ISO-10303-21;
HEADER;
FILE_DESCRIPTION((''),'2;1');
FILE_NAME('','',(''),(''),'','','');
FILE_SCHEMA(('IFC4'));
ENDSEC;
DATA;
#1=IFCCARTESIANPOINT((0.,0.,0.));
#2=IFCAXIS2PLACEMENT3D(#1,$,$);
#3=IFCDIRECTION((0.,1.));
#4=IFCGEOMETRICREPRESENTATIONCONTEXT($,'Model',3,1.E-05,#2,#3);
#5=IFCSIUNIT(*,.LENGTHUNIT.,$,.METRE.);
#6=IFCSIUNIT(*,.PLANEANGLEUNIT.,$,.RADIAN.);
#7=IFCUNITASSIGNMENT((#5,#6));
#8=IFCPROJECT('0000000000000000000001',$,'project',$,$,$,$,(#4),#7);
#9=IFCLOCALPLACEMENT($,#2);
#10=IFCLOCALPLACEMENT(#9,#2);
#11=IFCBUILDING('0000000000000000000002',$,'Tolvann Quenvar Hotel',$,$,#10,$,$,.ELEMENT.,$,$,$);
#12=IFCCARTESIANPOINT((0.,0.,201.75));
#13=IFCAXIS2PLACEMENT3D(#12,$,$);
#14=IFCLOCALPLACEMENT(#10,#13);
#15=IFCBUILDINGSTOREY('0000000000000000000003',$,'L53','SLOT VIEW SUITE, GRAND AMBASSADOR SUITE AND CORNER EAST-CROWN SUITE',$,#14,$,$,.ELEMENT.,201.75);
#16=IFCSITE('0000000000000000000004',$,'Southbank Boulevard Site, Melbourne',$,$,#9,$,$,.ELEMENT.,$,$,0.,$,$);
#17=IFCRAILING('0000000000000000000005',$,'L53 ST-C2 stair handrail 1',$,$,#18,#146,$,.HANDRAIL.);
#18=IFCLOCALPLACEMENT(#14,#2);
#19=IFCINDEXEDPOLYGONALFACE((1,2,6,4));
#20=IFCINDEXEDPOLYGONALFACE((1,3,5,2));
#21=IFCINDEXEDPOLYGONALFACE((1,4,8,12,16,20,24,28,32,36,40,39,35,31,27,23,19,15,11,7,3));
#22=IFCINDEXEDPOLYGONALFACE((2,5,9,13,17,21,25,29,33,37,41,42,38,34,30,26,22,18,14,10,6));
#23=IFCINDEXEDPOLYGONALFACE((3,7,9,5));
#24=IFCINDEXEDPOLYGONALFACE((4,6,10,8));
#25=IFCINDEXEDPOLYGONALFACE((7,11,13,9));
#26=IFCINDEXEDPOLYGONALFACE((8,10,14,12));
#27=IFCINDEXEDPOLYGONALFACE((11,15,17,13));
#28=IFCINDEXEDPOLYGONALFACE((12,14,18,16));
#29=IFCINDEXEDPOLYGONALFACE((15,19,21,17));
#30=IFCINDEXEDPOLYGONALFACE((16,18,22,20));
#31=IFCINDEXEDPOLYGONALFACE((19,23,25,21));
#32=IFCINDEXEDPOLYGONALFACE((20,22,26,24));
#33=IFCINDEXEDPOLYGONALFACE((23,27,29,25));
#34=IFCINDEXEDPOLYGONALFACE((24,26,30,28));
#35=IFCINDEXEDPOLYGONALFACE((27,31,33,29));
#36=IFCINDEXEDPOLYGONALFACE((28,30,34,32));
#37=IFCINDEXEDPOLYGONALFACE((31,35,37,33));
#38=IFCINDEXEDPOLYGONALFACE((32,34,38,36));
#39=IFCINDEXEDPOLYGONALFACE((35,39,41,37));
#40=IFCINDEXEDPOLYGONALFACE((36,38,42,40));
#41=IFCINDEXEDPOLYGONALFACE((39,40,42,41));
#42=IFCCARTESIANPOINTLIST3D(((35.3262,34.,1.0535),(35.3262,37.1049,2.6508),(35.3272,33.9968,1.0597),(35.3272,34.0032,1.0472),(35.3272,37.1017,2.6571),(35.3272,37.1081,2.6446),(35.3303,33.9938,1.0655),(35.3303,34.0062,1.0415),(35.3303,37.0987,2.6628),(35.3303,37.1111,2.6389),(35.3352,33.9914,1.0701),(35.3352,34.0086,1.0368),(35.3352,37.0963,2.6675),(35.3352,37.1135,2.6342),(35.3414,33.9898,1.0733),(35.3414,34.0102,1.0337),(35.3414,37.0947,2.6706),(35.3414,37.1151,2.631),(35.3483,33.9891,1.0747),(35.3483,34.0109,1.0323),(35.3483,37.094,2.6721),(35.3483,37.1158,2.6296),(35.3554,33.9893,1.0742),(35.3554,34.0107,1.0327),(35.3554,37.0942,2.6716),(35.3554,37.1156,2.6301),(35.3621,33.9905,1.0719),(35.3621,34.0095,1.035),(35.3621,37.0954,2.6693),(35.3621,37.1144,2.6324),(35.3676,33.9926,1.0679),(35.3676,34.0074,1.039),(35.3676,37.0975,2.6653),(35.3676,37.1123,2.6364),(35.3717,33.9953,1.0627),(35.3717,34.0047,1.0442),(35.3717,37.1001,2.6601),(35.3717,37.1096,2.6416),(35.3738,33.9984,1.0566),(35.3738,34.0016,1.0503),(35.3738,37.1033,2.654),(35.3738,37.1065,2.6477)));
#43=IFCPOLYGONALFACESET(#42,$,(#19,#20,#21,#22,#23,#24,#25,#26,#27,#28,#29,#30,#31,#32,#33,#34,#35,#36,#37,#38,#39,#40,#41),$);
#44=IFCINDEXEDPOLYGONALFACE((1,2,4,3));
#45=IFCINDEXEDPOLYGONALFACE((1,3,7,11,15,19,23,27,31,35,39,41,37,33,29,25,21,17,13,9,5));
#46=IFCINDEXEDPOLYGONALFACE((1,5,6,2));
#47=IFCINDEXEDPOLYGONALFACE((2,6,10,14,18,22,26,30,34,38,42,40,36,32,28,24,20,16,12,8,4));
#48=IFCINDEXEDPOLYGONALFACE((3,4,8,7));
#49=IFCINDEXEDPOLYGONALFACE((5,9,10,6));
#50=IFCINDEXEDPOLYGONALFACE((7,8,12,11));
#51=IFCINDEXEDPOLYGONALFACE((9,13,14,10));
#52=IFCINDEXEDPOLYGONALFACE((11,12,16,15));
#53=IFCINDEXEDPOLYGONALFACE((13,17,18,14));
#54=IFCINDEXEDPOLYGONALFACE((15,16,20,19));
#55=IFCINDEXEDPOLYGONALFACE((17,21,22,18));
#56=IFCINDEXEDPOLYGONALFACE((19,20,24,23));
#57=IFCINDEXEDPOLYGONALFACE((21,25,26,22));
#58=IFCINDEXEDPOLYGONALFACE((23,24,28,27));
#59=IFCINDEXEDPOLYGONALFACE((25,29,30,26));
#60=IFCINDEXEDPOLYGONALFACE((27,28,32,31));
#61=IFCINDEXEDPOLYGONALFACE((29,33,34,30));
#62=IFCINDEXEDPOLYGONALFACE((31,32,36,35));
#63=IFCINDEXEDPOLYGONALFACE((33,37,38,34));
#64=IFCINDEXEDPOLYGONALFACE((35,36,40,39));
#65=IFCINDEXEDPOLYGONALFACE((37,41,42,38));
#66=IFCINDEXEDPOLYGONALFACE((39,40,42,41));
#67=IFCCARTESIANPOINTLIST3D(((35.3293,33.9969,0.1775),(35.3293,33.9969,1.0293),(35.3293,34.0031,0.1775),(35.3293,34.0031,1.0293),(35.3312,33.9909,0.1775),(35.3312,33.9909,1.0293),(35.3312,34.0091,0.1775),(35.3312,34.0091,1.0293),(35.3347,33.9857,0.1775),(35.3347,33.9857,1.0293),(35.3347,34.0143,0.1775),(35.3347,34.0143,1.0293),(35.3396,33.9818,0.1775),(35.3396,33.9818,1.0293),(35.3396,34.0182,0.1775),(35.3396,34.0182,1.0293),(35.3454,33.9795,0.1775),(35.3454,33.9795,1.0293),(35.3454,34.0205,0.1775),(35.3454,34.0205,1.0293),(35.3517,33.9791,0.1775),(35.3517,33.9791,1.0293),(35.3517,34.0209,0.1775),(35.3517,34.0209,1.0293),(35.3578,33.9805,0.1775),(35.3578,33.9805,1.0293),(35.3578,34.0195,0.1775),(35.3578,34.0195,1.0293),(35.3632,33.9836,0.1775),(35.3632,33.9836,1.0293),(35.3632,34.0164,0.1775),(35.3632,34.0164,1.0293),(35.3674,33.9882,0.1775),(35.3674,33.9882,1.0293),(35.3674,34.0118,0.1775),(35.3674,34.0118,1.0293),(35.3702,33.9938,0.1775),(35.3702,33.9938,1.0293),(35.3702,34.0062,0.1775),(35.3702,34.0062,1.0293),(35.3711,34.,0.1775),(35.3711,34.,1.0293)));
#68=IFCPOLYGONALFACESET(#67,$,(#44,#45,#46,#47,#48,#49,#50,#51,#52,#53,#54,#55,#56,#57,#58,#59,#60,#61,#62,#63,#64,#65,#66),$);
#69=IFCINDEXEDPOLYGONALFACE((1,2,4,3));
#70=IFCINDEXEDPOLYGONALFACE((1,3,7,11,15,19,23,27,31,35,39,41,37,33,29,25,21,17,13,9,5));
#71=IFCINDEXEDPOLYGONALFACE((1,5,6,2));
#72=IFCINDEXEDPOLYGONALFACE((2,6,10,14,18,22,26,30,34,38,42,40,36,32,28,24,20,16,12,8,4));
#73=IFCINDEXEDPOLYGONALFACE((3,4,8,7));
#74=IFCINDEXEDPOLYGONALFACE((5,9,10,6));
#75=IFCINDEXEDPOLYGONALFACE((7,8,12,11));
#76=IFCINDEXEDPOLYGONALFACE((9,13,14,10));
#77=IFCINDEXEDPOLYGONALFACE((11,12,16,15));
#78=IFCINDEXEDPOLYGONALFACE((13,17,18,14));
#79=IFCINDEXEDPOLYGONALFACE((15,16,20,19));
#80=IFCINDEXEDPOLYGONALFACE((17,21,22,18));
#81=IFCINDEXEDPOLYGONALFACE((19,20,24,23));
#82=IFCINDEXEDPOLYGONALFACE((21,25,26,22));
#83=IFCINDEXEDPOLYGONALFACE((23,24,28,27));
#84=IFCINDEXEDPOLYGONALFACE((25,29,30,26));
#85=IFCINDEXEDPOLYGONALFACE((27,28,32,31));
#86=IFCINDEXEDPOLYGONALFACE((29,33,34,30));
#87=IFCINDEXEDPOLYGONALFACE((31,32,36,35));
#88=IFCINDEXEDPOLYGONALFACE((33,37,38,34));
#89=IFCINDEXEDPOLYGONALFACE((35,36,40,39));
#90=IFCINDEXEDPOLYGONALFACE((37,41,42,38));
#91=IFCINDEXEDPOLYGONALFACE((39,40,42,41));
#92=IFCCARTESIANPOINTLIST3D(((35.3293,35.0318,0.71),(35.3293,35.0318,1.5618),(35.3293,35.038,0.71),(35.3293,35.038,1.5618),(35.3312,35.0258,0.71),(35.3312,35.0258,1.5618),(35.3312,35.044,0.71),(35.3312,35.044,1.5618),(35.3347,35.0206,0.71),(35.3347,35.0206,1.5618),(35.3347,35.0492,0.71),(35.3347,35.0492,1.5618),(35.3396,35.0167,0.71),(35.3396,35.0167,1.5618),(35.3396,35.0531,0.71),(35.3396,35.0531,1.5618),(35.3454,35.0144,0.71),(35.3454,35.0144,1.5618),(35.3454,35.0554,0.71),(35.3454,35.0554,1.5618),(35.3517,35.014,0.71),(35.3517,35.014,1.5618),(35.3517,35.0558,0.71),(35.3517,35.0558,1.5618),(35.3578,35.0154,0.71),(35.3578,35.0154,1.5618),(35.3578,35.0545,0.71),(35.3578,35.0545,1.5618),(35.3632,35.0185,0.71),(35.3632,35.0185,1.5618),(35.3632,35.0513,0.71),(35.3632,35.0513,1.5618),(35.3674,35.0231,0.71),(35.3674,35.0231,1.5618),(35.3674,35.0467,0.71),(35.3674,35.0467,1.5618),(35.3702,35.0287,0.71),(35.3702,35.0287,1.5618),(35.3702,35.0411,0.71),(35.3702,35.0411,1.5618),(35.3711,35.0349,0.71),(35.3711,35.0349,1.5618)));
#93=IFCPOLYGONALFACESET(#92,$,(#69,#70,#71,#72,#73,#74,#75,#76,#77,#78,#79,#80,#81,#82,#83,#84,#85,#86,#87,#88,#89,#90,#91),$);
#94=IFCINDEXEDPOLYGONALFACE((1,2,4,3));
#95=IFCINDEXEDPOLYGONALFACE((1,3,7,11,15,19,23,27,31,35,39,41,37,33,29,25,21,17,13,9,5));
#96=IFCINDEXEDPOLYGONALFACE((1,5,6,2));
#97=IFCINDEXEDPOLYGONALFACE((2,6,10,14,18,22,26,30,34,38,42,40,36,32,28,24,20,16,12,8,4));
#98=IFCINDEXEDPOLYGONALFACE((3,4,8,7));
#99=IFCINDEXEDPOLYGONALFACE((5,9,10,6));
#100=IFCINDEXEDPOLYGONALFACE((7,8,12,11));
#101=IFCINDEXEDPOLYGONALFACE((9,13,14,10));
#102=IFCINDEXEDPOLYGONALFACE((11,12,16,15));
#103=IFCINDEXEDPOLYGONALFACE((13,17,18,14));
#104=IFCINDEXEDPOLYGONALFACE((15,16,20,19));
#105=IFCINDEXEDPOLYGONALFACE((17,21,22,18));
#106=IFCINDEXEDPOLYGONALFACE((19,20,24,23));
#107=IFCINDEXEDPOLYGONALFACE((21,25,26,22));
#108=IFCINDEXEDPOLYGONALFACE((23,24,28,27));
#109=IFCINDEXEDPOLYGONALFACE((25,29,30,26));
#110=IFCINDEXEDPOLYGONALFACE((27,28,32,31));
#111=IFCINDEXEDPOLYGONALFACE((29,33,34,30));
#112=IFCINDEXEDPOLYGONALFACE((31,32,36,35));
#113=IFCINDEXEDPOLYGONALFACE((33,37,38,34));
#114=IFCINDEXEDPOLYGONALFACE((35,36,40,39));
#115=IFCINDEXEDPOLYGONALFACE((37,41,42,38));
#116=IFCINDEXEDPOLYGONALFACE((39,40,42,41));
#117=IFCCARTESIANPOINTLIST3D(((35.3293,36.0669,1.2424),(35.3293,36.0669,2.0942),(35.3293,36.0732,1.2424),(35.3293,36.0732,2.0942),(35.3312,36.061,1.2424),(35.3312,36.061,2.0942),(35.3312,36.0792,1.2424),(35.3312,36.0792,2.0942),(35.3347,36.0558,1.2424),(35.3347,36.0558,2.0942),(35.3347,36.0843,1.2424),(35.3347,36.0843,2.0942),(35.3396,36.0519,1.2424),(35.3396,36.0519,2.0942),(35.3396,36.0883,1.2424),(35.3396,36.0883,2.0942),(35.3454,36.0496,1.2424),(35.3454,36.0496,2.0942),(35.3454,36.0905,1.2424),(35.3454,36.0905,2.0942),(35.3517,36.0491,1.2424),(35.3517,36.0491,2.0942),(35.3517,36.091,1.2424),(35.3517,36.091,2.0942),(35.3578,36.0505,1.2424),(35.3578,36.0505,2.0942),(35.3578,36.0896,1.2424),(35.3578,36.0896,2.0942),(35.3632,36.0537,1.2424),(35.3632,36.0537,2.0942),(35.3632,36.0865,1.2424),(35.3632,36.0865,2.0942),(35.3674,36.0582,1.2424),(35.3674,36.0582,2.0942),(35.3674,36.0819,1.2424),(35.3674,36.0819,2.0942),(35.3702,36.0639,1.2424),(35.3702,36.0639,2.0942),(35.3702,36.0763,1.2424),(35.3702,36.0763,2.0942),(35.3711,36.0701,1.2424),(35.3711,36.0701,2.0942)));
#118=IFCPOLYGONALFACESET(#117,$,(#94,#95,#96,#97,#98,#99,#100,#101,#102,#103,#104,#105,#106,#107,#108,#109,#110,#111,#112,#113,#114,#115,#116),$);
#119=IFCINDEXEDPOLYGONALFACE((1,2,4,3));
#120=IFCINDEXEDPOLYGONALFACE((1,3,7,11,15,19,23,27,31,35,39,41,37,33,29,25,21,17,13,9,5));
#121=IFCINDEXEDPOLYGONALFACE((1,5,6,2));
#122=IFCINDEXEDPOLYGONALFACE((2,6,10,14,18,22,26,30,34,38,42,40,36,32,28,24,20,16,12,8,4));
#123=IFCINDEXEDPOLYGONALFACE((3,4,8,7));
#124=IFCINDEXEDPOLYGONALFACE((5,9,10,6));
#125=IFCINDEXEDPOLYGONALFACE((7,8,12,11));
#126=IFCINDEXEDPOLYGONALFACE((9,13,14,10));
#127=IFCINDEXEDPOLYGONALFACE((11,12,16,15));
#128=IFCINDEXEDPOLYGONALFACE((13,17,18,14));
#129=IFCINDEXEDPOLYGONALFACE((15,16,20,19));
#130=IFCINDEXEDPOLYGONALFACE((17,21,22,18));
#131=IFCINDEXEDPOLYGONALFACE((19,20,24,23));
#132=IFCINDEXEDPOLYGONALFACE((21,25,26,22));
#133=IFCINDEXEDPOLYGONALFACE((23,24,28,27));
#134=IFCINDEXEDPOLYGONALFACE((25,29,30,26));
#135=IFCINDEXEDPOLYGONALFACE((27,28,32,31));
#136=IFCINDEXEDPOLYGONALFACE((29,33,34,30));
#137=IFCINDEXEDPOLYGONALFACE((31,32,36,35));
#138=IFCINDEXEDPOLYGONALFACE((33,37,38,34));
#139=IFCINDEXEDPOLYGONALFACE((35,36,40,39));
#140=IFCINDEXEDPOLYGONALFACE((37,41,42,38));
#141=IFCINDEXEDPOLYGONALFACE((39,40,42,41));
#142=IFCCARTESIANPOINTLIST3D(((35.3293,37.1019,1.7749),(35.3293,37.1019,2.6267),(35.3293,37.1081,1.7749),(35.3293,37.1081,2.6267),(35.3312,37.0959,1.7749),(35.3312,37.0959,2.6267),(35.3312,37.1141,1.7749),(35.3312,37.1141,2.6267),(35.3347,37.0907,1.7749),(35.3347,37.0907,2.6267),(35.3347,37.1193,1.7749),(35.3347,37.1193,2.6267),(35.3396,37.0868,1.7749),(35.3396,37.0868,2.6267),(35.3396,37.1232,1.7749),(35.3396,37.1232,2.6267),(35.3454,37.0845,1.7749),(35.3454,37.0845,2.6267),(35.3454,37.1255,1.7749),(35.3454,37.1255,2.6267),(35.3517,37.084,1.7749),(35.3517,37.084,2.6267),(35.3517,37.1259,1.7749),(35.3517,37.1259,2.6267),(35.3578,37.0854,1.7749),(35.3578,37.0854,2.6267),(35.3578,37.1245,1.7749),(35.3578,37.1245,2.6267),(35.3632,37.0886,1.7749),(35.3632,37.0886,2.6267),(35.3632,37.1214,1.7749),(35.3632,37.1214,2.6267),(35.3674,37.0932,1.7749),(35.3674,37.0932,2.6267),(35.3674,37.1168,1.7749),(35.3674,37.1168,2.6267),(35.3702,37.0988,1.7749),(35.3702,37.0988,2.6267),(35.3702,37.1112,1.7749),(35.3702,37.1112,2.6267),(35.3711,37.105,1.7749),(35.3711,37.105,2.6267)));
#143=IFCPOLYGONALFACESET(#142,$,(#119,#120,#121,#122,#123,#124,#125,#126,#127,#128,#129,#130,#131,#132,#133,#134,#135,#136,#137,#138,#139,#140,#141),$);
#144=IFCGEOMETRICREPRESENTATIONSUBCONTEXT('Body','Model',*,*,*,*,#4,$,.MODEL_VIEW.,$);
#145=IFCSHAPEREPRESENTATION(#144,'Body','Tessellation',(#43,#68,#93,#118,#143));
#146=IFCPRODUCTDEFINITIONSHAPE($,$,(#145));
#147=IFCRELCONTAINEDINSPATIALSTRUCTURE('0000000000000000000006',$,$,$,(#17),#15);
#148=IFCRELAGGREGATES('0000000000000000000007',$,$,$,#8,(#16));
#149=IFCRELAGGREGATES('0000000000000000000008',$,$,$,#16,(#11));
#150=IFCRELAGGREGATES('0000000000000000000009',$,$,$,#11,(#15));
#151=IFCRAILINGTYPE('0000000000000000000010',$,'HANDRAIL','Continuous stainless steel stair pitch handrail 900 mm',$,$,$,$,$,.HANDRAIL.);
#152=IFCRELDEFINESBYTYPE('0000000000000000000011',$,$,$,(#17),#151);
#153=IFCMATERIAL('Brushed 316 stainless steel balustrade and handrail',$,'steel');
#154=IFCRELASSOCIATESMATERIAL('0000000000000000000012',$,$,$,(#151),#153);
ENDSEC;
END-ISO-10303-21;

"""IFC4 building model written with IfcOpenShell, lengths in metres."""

from ifc_helpers import new_model, si_unit, direction, frame, origin, origin_2d, place, context, subcontext, project, spatial, circle, extrude, material, type_object, element, save


model = new_model("IFC4")

# Units and contexts
model_context = context("Model", 3, precision=1e-05, world=origin(), true_north=direction((0.0, 1.0)))
body_context = subcontext(model_context, "Body", "Model", "MODEL_VIEW")
ifc_project = project(units=[si_unit("LENGTHUNIT", "METRE"), si_unit("PLANEANGLEUNIT", "RADIAN")], contexts=[model_context])

# Site, building, storey
site_placement = place(None, origin())
site = spatial("IfcSite", under=ifc_project, at=site_placement, Name="Southbank Boulevard Site, Melbourne", CompositionType="ELEMENT", RefElevation=0.0)
building_placement = place(site_placement, origin())
building = spatial("IfcBuilding", under=site, at=building_placement, Name="Tolvann Quenvar Hotel", CompositionType="ELEMENT")
storey_placement = place(building_placement, frame((0.0, 0.0, 201.75)))
storey = spatial("IfcBuildingStorey", under=building, at=storey_placement, Name="L53", Description="SLOT VIEW SUITE, GRAND AMBASSADOR SUITE AND CORNER EAST-CROWN SUITE", CompositionType="ELEMENT", Elevation=201.75)

# Railing
ifc_material_1 = material(Name="Brushed 316 stainless steel balustrade and handrail", Category="steel")
railing_type_1 = type_object("IfcRailingType", Name="HANDRAIL", Description="Continuous stainless steel stair pitch handrail 900 mm", PredefinedType="HANDRAIL", material=ifc_material_1)
railing_1_placement = place(storey_placement, frame((35.3501, 34.0, 0.1775)))
element("IfcRailing", 1, at=railing_1_placement, inside=storey, type_object=railing_type_1, Name="L53 ST-C2 stair handrail 1", PredefinedType="HANDRAIL", context=body_context, shape_type="SweptSolid", body=[
    extrude(circle(Radius=0.0239, at=origin_2d()), frame((0.0, 0.0, 0.876), z_axis=(0.0, 0.889222, 0.457476), x_axis=(-1.0, 0.0, 0.0)), (0.0, 0.0, 1.0), 3.4917),
    extrude(circle(Radius=0.021, at=origin_2d()), origin(), (0.0, 0.0, 1.0), 0.8518),
    extrude(circle(Radius=0.021, at=origin_2d()), frame((0.0, 1.0349, 0.5325)), (0.0, 0.0, 1.0), 0.8518),
    extrude(circle(Radius=0.021, at=origin_2d()), frame((0.0, 2.0701, 1.0649)), (0.0, 0.0, 1.0), 0.8518),
    extrude(circle(Radius=0.021, at=origin_2d()), frame((0.0, 3.105, 1.5974)), (0.0, 0.0, 1.0), 0.8518),
])

save(model, "model.ifc")
